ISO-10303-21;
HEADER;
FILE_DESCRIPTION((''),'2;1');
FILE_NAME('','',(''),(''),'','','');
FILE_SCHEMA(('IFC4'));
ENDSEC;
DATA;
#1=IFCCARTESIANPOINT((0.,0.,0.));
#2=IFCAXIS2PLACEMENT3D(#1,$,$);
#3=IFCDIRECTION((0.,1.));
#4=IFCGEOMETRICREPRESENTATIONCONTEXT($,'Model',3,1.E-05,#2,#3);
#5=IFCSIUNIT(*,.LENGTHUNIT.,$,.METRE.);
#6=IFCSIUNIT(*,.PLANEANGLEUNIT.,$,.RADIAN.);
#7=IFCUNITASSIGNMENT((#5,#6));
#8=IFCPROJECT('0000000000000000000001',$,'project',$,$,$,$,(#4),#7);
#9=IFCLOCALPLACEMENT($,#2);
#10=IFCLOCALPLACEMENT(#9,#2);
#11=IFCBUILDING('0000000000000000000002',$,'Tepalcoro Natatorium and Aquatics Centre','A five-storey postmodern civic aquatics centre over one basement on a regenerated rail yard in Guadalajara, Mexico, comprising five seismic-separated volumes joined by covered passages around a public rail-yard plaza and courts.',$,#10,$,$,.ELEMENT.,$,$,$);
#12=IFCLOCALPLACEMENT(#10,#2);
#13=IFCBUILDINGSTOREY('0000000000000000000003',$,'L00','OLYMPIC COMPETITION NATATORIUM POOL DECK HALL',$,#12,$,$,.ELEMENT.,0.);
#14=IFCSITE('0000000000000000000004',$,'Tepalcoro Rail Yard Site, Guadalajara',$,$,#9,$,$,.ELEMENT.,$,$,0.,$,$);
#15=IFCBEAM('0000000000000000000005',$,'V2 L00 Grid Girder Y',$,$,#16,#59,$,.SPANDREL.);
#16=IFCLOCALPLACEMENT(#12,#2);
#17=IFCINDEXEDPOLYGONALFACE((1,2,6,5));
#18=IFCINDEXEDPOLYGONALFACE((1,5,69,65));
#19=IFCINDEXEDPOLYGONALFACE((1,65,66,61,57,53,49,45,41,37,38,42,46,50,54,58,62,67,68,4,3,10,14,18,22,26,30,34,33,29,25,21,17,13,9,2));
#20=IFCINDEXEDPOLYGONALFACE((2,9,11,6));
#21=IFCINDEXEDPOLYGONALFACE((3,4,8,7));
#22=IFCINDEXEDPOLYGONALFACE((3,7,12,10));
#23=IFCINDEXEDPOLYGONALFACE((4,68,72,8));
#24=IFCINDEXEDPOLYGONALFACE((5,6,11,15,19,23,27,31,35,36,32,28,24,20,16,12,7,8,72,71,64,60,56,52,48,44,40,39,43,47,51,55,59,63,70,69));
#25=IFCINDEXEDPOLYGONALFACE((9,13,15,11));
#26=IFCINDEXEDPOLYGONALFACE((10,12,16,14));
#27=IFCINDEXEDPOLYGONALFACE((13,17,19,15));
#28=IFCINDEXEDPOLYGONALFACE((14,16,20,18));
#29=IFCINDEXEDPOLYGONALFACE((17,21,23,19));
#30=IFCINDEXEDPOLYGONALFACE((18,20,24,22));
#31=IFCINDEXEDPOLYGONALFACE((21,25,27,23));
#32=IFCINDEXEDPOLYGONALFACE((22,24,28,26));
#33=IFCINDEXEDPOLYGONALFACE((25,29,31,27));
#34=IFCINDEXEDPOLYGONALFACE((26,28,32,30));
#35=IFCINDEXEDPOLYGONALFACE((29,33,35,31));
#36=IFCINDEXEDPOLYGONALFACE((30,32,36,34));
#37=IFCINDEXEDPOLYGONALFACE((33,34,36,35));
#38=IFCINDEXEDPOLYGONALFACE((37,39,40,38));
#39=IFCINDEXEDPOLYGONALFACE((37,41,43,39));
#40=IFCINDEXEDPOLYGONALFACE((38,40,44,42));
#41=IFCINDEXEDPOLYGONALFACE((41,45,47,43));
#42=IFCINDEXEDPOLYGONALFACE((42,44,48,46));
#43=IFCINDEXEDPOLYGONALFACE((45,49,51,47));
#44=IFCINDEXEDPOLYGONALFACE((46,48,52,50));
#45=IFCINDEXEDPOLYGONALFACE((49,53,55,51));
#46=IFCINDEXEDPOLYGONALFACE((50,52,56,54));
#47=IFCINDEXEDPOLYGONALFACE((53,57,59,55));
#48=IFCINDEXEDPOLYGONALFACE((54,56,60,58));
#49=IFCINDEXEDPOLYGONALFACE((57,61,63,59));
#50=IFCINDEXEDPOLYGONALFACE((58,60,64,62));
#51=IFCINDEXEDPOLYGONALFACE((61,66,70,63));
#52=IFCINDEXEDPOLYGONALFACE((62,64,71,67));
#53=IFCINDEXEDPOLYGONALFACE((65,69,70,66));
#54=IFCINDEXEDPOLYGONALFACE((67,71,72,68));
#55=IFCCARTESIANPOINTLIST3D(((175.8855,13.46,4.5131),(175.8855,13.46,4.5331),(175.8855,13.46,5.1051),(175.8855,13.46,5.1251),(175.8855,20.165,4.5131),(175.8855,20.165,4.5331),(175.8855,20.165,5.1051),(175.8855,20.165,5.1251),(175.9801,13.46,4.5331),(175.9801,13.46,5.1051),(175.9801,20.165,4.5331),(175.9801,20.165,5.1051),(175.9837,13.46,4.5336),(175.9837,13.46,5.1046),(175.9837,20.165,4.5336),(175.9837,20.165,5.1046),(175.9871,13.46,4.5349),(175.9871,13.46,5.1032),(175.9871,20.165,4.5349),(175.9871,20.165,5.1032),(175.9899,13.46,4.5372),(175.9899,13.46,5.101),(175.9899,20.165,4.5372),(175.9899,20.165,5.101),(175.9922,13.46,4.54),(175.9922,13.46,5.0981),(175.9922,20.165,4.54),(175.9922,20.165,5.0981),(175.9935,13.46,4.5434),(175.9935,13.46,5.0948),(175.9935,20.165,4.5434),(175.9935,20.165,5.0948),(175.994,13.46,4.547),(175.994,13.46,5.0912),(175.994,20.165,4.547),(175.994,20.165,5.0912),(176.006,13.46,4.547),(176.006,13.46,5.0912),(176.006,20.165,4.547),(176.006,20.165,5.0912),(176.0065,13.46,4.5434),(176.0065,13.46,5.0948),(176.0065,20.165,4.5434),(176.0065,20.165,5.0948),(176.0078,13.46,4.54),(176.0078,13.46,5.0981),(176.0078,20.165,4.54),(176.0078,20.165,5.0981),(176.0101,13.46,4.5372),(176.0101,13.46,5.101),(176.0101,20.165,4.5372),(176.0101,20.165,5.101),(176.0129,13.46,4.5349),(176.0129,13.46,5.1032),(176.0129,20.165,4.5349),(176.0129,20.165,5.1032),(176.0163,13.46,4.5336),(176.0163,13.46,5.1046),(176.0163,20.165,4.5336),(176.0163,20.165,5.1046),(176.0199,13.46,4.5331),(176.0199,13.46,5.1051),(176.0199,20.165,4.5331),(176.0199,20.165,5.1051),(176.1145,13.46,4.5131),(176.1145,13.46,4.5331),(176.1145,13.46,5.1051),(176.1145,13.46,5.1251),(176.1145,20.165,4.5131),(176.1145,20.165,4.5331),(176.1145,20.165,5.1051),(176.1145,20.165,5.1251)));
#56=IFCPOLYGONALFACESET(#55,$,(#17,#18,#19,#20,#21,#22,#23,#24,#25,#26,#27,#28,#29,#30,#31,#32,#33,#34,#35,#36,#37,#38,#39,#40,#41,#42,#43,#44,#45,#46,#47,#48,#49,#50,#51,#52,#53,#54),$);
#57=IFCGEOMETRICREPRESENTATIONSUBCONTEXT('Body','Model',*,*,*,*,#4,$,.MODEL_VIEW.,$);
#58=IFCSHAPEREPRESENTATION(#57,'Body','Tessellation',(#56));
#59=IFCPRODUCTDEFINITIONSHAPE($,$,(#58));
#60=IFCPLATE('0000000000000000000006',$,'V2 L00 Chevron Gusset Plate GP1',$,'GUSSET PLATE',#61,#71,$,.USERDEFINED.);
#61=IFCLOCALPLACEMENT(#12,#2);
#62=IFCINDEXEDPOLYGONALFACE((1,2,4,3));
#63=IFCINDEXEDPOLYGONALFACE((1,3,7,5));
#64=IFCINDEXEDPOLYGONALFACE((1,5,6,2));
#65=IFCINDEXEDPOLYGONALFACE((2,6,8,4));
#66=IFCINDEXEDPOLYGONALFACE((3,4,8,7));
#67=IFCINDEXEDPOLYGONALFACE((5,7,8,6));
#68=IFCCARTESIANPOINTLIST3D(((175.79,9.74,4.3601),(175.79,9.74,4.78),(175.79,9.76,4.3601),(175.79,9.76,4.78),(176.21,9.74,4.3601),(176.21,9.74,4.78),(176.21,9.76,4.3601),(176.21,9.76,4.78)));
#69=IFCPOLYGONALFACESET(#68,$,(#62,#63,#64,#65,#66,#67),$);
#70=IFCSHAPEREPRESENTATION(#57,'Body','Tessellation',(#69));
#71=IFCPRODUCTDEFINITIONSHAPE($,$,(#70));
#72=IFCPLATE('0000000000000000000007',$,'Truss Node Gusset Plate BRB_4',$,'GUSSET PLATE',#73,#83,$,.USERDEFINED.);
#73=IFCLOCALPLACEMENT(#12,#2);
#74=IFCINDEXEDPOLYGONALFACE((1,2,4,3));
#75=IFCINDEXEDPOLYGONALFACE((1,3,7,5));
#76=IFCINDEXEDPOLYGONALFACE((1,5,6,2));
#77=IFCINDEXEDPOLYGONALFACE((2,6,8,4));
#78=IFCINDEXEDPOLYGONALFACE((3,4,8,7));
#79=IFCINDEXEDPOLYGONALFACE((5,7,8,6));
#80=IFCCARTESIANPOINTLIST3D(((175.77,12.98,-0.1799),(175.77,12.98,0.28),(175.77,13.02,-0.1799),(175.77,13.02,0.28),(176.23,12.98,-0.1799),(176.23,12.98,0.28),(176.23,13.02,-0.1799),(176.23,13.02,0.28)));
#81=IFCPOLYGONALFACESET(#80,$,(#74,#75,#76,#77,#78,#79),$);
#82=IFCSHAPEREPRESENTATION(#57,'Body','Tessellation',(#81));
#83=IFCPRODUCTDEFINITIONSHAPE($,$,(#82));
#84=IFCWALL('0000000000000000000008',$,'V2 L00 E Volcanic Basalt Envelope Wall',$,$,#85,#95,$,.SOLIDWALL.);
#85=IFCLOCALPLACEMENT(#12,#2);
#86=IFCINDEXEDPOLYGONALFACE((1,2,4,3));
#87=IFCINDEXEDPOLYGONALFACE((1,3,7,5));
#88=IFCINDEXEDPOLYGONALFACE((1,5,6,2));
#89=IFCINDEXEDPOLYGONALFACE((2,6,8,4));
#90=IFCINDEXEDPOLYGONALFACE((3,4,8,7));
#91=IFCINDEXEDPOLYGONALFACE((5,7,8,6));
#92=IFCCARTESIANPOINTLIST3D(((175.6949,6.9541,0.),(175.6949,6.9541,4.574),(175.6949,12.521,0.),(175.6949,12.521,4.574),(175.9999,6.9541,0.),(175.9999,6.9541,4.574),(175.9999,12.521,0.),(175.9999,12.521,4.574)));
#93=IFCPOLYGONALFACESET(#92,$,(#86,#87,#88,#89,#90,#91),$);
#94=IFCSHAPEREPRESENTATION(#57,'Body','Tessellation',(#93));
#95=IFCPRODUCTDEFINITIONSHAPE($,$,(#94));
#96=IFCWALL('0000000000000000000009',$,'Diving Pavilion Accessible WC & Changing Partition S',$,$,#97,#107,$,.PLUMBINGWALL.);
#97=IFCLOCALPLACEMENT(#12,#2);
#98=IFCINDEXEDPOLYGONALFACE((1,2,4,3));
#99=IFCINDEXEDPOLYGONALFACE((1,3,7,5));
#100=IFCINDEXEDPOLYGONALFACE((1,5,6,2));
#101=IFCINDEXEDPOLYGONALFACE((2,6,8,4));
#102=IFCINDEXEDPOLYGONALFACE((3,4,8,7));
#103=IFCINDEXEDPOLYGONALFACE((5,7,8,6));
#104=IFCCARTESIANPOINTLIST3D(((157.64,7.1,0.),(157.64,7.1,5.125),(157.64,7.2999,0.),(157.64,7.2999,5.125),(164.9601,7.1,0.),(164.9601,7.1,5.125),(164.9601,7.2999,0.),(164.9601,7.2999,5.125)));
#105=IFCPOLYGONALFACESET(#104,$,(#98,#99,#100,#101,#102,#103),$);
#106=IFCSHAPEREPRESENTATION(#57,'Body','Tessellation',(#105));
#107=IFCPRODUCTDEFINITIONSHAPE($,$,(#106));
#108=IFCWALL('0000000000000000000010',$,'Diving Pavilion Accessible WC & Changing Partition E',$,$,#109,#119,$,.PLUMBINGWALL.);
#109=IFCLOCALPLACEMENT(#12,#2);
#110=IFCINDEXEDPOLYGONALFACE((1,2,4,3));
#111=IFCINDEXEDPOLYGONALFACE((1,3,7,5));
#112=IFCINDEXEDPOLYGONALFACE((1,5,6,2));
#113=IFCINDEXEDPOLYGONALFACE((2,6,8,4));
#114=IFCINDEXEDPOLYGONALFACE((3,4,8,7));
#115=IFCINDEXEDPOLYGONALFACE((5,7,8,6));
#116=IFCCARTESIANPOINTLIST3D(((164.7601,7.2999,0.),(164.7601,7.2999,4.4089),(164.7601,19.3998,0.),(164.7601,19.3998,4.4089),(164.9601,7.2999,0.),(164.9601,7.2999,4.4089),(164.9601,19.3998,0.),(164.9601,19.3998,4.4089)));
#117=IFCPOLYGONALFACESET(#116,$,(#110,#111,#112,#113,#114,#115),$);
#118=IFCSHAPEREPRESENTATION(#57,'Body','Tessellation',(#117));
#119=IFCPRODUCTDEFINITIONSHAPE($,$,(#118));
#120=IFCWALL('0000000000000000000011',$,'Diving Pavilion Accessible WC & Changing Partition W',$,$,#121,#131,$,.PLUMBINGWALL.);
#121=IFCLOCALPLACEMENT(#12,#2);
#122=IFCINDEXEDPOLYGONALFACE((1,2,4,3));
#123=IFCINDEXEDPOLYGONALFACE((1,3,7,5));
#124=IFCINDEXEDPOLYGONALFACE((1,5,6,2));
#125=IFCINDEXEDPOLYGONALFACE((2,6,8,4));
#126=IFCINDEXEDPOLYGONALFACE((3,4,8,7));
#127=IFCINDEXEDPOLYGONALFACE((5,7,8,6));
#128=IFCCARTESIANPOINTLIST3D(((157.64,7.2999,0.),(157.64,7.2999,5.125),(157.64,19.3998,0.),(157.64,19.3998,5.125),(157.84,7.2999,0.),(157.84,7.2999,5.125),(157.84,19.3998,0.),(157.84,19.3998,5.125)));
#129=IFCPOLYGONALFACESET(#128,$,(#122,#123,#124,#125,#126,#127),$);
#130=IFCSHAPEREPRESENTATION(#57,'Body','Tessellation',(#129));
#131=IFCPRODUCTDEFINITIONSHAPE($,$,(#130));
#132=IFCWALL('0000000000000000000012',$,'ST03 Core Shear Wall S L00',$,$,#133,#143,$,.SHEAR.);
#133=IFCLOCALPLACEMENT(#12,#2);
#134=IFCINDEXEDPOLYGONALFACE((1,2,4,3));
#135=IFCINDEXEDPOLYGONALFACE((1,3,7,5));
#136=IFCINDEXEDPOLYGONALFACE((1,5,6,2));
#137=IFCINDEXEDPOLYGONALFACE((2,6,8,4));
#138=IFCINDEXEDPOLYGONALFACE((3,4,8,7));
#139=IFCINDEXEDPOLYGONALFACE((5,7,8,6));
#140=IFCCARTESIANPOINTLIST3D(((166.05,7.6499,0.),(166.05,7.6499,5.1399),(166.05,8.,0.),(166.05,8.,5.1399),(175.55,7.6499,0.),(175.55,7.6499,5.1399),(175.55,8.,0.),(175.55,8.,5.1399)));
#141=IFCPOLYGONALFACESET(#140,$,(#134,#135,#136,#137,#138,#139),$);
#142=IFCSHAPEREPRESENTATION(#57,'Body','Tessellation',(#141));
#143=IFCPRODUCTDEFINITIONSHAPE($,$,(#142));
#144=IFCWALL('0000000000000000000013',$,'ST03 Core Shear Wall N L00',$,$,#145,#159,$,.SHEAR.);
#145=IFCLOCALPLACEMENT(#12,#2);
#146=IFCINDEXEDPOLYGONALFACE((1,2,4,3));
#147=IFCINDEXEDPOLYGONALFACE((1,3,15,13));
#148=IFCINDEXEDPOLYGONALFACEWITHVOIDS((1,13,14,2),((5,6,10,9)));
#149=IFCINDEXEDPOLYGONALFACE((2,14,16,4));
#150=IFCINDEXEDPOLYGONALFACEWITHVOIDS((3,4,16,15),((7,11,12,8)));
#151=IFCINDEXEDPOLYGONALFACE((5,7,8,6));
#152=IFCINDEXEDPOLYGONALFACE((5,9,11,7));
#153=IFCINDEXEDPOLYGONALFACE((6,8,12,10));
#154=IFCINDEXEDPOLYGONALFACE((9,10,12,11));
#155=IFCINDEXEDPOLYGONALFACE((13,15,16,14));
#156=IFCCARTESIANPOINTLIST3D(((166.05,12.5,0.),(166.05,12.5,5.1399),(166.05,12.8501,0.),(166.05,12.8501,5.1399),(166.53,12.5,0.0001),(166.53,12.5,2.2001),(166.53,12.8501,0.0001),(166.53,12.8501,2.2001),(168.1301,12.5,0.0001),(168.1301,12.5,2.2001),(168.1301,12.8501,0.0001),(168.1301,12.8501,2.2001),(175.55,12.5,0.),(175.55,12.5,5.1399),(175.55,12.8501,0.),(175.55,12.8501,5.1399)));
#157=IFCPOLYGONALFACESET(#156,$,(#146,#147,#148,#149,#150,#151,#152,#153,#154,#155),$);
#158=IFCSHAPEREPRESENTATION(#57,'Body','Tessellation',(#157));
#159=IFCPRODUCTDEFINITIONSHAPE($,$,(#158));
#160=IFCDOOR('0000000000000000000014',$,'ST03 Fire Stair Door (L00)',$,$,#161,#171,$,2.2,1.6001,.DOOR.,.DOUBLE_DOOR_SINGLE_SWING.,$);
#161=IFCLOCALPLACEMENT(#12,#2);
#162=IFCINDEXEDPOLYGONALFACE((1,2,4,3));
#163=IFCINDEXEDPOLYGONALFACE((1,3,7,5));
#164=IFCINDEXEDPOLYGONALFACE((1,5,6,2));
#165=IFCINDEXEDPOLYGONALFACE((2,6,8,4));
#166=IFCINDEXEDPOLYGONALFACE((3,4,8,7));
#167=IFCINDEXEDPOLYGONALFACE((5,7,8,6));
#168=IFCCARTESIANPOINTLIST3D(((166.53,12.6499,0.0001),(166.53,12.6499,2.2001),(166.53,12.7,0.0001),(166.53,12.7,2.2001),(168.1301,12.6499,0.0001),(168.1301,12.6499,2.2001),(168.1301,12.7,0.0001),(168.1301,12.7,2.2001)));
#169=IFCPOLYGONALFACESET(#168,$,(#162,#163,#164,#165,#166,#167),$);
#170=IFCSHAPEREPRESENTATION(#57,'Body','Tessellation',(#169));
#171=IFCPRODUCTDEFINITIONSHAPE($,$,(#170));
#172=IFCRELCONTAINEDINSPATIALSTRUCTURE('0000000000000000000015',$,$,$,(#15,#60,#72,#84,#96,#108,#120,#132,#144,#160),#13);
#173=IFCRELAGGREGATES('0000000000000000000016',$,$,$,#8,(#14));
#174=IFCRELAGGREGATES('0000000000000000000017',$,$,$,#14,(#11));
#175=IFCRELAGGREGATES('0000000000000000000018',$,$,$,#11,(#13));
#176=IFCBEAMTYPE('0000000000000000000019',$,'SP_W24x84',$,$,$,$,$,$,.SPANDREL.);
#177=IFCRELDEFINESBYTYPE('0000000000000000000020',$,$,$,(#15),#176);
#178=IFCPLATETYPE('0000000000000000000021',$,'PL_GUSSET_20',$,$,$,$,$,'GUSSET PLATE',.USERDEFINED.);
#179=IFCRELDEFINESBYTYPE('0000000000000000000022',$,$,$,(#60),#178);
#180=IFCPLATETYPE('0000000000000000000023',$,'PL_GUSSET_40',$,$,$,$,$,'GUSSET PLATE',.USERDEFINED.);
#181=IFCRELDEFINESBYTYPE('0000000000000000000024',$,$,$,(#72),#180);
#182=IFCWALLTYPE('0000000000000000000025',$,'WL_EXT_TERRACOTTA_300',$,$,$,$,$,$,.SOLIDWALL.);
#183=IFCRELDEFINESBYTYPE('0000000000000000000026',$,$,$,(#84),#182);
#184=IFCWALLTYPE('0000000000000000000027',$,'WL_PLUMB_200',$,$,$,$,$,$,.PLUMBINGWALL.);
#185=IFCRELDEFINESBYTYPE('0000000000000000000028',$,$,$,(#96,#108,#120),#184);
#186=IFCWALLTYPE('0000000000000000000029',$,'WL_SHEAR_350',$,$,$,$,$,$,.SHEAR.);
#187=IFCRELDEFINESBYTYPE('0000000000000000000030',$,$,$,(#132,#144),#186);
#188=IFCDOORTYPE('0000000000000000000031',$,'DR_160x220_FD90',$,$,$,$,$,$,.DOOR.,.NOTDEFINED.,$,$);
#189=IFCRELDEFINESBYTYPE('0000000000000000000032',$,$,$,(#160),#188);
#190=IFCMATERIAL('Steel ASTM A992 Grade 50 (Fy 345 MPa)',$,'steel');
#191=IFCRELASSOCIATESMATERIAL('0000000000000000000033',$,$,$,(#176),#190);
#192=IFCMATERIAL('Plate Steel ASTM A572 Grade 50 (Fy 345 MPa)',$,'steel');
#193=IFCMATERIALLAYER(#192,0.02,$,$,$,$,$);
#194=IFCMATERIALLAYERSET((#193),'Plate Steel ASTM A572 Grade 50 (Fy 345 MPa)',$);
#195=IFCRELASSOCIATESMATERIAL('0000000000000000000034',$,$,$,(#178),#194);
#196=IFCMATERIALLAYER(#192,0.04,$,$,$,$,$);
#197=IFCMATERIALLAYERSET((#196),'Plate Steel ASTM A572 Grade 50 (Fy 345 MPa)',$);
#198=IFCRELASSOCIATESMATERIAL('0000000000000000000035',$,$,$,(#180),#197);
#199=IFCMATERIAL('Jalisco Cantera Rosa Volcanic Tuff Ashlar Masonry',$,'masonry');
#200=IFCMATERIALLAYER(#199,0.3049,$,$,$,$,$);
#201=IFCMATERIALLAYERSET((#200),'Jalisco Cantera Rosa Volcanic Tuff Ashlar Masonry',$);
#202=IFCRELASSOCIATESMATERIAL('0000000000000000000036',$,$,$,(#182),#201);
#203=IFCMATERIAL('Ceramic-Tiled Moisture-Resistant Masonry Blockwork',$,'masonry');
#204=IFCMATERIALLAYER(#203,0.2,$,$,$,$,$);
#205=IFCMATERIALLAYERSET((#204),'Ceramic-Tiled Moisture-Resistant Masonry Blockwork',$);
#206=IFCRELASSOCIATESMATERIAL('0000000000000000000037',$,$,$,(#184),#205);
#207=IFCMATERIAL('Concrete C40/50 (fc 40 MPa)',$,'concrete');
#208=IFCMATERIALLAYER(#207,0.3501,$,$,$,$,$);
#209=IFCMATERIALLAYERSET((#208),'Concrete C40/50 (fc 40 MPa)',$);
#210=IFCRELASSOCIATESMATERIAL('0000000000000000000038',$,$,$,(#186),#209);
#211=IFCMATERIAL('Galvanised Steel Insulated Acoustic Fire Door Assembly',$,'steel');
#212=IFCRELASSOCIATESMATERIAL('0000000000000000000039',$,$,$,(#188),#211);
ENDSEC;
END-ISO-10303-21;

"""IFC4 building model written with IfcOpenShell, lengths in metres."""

from ifc_helpers import new_model, si_unit, direction, frame, frame_2d, origin, origin_2d, place, context, subcontext, project, spatial, rectangle, i_section, extrude, material, layer, layer_set, material_profile, profile_set, type_object, element, fill, save


model = new_model("IFC4")

# Units and contexts
model_context = context("Model", 3, precision=1e-05, world=origin(), true_north=direction((0.0, 1.0)))
body_context = subcontext(model_context, "Body", "Model", "MODEL_VIEW")
ifc_project = project(units=[si_unit("LENGTHUNIT", "METRE"), si_unit("PLANEANGLEUNIT", "RADIAN")], contexts=[model_context])

# Site, building, storey
site_placement = place(None, origin())
site = spatial("IfcSite", under=ifc_project, at=site_placement, Name="Tepalcoro Rail Yard Site, Guadalajara", CompositionType="ELEMENT", RefElevation=0.0)
building_placement = place(site_placement, origin())
building = spatial("IfcBuilding", under=site, at=building_placement, Name="Tepalcoro Natatorium and Aquatics Centre", Description="A five-storey postmodern civic aquatics centre over one basement on a regenerated rail yard in Guadalajara, Mexico, comprising five seismic-separated volumes joined by covered passages around a public rail-yard plaza and courts.", CompositionType="ELEMENT")
storey_placement = place(building_placement, origin())
storey = spatial("IfcBuildingStorey", under=building, at=storey_placement, Name="L00", Description="OLYMPIC COMPETITION NATATORIUM POOL DECK HALL", CompositionType="ELEMENT", Elevation=0.0)

# Shared definitions
ifc_material_1 = material(Name="Concrete C40/50 (fc 40 MPa)", Category="concrete")

# Shared definitions
ifc_material_2 = material(Name="Steel ASTM A992 Grade 50 (Fy 345 MPa)", Category="steel")

# Beam
ifc_material_profile_1 = material_profile(ifc_material_2, i_section(OverallWidth=0.229, OverallDepth=0.6121, WebThickness=0.012, FlangeThickness=0.02, FilletRadius=0.0139, at=origin_2d()), Name="W24X84")
ifc_profile_set_1 = profile_set([ifc_material_profile_1], Name="Steel ASTM A992 Grade 50 (Fy 345 MPa)")
beam_type_1 = type_object("IfcBeamType", Name="SP_W24x84", PredefinedType="SPANDREL", material=ifc_profile_set_1)
beam_1_placement = place(storey_placement, frame((176.0, 13.46, 4.8191), z_axis=(0.0, 1.0, 0.0), x_axis=(-1.0, 0.0, 0.0)))
element("IfcBeam", 1, at=beam_1_placement, inside=storey, type_object=beam_type_1, Name="V2 L00 Grid Girder Y", PredefinedType="SPANDREL", context=body_context, shape_type="SweptSolid", body=[
    extrude(i_section(OverallWidth=0.229, OverallDepth=0.6121, WebThickness=0.012, FlangeThickness=0.02, FilletRadius=0.0139, at=origin_2d()), origin(), (0.0, 0.0, 1.0), 6.7051),
])

# Plates
ifc_material_3 = material(Name="Plate Steel ASTM A572 Grade 50 (Fy 345 MPa)", Category="steel")
ifc_layer_1 = layer(ifc_material_3, 0.02)
ifc_layer_set_1 = layer_set([ifc_layer_1], Name="Plate Steel ASTM A572 Grade 50 (Fy 345 MPa)")
plate_type_1 = type_object("IfcPlateType", Name="PL_GUSSET_20", ElementType="GUSSET PLATE", PredefinedType="USERDEFINED", material=ifc_layer_set_1)
plate_1_placement = place(storey_placement, frame((176.0, 9.75, 4.3601), z_axis=(0.0, 0.0, 1.0), x_axis=(1.0, 0.0, 0.0)))
element("IfcPlate", 2, at=plate_1_placement, inside=storey, type_object=plate_type_1, Name="V2 L00 Chevron Gusset Plate GP1", ObjectType="GUSSET PLATE", PredefinedType="USERDEFINED", context=body_context, shape_type="SweptSolid", body=[
    extrude(rectangle(XDim=0.4199, YDim=0.02, at=origin_2d()), origin(), (0.0, 0.0, 1.0), 0.4199),
])
ifc_layer_2 = layer(ifc_material_3, 0.04)
ifc_layer_set_2 = layer_set([ifc_layer_2], Name="Plate Steel ASTM A572 Grade 50 (Fy 345 MPa)")
plate_type_2 = type_object("IfcPlateType", Name="PL_GUSSET_40", ElementType="GUSSET PLATE", PredefinedType="USERDEFINED", material=ifc_layer_set_2)
plate_2_placement = place(storey_placement, frame((176.0, 13.0, -0.1799), z_axis=(0.0, 0.0, 1.0), x_axis=(1.0, 0.0, 0.0)))
element("IfcPlate", 3, at=plate_2_placement, inside=storey, type_object=plate_type_2, Name="Truss Node Gusset Plate BRB_4", ObjectType="GUSSET PLATE", PredefinedType="USERDEFINED", context=body_context, shape_type="SweptSolid", body=[
    extrude(rectangle(XDim=0.46, YDim=0.04, at=origin_2d()), origin(), (0.0, 0.0, 1.0), 0.46),
])

# Walls
ifc_material_4 = material(Name="Jalisco Cantera Rosa Volcanic Tuff Ashlar Masonry", Category="masonry")
ifc_layer_3 = layer(ifc_material_4, 0.3049)
ifc_layer_set_3 = layer_set([ifc_layer_3], Name="Jalisco Cantera Rosa Volcanic Tuff Ashlar Masonry")
wall_type_1 = type_object("IfcWallType", Name="WL_EXT_TERRACOTTA_300", PredefinedType="SOLIDWALL", material=ifc_layer_set_3)
wall_1_placement = place(storey_placement, frame((175.8474, 6.9541, 0.0), z_axis=(0.0, 0.0, 1.0), x_axis=(0.0, 1.0, 0.0)))
element("IfcWall", 4, at=wall_1_placement, inside=storey, type_object=wall_type_1, Name="V2 L00 E Volcanic Basalt Envelope Wall", PredefinedType="SOLIDWALL", context=body_context, shape_type="SweptSolid", body=[
    extrude(rectangle(XDim=5.5669, YDim=0.3049, at=frame_2d((2.7834, 0.0))), origin(), (0.0, 0.0, 1.0), 4.574),
])
ifc_material_5 = material(Name="Ceramic-Tiled Moisture-Resistant Masonry Blockwork", Category="masonry")
ifc_layer_4 = layer(ifc_material_5, 0.2)
ifc_layer_set_4 = layer_set([ifc_layer_4], Name="Ceramic-Tiled Moisture-Resistant Masonry Blockwork")
wall_type_2 = type_object("IfcWallType", Name="WL_PLUMB_200", PredefinedType="PLUMBINGWALL", material=ifc_layer_set_4)
wall_2_placement = place(storey_placement, frame((157.6399, 7.2, 0.0), z_axis=(0.0, 0.0, 1.0), x_axis=(1.0, 0.0, 0.0)))
element("IfcWall", 5, at=wall_2_placement, inside=storey, type_object=wall_type_2, Name="Diving Pavilion Accessible WC & Changing Partition S", PredefinedType="PLUMBINGWALL", context=body_context, shape_type="SweptSolid", body=[
    extrude(rectangle(XDim=7.3201, YDim=0.2, at=frame_2d((3.6602, 0.0))), origin(), (0.0, 0.0, 1.0), 5.125),
])
wall_3_placement = place(storey_placement, frame((164.8601, 7.3, 0.0), z_axis=(0.0, 0.0, 1.0), x_axis=(0.0, 1.0, 0.0)))
element("IfcWall", 6, at=wall_3_placement, inside=storey, type_object=wall_type_2, Name="Diving Pavilion Accessible WC & Changing Partition E", PredefinedType="PLUMBINGWALL", context=body_context, shape_type="SweptSolid", body=[
    extrude(rectangle(XDim=12.0999, YDim=0.2, at=frame_2d((6.0498, 0.0))), origin(), (0.0, 0.0, 1.0), 4.4089),
])
wall_4_placement = place(storey_placement, frame((157.74, 7.3, 0.0), z_axis=(0.0, 0.0, 1.0), x_axis=(0.0, 1.0, 0.0)))
element("IfcWall", 7, at=wall_4_placement, inside=storey, type_object=wall_type_2, Name="Diving Pavilion Accessible WC & Changing Partition W", PredefinedType="PLUMBINGWALL", context=body_context, shape_type="SweptSolid", body=[
    extrude(rectangle(XDim=12.0999, YDim=0.2, at=frame_2d((6.0498, 0.0))), origin(), (0.0, 0.0, 1.0), 5.125),
])
ifc_layer_5 = layer(ifc_material_1, 0.3501)
ifc_layer_set_5 = layer_set([ifc_layer_5], Name="Concrete C40/50 (fc 40 MPa)")
wall_type_3 = type_object("IfcWallType", Name="WL_SHEAR_350", PredefinedType="SHEAR", material=ifc_layer_set_5)
wall_5_placement = place(storey_placement, frame((166.05, 7.825, 0.0), z_axis=(0.0, 0.0, 1.0), x_axis=(1.0, 0.0, 0.0)))
element("IfcWall", 8, at=wall_5_placement, inside=storey, type_object=wall_type_3, Name="ST03 Core Shear Wall S L00", PredefinedType="SHEAR", context=body_context, shape_type="SweptSolid", body=[
    extrude(rectangle(XDim=9.5, YDim=0.3501, at=frame_2d((4.75, 0.0))), origin(), (0.0, 0.0, 1.0), 5.1399),
])

# Wall, opening, door
wall_6_placement = place(storey_placement, frame((166.05, 12.675, 0.0), z_axis=(0.0, 0.0, 1.0), x_axis=(1.0, 0.0, 0.0)))
wall_6 = element("IfcWall", 9, at=wall_6_placement, inside=storey, type_object=wall_type_3, Name="ST03 Core Shear Wall N L00", PredefinedType="SHEAR", context=body_context, shape_type="SweptSolid", body=[
    extrude(rectangle(XDim=9.5, YDim=0.3501, at=frame_2d((4.75, 0.0))), origin(), (0.0, 0.0, 1.0), 5.1399),
])
opening_placement = place(wall_6_placement, frame((0.48, 0.0, 0.0)))
opening = element("IfcOpeningElement", 10, at=opening_placement, cuts=wall_6, PredefinedType="OPENING", context=body_context, shape_type="SweptSolid", body=[
    extrude(rectangle(XDim=1.6001, YDim=2.2, at=frame_2d((0.8, 1.1001))), frame((0.0, 0.187, 0.0), z_axis=(0.0, -1.0, 0.0), x_axis=(1.0, 0.0, 0.0)), (0.0, 0.0, 1.0), 0.374),
])
ifc_material_6 = material(Name="Galvanised Steel Insulated Acoustic Fire Door Assembly", Category="steel")
door_type = type_object("IfcDoorType", Name="DR_160x220_FD90", OperationType="NOTDEFINED", PredefinedType="DOOR", material=ifc_material_6)
door_placement = place(opening_placement, origin())
door = element("IfcDoor", 11, at=door_placement, inside=storey, type_object=door_type, Name="ST03 Fire Stair Door (L00)", OperationType="DOUBLE_DOOR_SINGLE_SWING", OverallHeight=2.2, OverallWidth=1.6001, PredefinedType="DOOR", context=body_context, shape_type="SweptSolid", body=[
    extrude(rectangle(XDim=1.6001, YDim=2.2, at=frame_2d((0.8, 1.1001))), frame((0.0, 0.0249, 0.0), z_axis=(0.0, -1.0, 0.0), x_axis=(1.0, 0.0, 0.0)), (0.0, 0.0, 1.0), 0.05),
])
fill(opening, door)

save(model, "model.ifc")
